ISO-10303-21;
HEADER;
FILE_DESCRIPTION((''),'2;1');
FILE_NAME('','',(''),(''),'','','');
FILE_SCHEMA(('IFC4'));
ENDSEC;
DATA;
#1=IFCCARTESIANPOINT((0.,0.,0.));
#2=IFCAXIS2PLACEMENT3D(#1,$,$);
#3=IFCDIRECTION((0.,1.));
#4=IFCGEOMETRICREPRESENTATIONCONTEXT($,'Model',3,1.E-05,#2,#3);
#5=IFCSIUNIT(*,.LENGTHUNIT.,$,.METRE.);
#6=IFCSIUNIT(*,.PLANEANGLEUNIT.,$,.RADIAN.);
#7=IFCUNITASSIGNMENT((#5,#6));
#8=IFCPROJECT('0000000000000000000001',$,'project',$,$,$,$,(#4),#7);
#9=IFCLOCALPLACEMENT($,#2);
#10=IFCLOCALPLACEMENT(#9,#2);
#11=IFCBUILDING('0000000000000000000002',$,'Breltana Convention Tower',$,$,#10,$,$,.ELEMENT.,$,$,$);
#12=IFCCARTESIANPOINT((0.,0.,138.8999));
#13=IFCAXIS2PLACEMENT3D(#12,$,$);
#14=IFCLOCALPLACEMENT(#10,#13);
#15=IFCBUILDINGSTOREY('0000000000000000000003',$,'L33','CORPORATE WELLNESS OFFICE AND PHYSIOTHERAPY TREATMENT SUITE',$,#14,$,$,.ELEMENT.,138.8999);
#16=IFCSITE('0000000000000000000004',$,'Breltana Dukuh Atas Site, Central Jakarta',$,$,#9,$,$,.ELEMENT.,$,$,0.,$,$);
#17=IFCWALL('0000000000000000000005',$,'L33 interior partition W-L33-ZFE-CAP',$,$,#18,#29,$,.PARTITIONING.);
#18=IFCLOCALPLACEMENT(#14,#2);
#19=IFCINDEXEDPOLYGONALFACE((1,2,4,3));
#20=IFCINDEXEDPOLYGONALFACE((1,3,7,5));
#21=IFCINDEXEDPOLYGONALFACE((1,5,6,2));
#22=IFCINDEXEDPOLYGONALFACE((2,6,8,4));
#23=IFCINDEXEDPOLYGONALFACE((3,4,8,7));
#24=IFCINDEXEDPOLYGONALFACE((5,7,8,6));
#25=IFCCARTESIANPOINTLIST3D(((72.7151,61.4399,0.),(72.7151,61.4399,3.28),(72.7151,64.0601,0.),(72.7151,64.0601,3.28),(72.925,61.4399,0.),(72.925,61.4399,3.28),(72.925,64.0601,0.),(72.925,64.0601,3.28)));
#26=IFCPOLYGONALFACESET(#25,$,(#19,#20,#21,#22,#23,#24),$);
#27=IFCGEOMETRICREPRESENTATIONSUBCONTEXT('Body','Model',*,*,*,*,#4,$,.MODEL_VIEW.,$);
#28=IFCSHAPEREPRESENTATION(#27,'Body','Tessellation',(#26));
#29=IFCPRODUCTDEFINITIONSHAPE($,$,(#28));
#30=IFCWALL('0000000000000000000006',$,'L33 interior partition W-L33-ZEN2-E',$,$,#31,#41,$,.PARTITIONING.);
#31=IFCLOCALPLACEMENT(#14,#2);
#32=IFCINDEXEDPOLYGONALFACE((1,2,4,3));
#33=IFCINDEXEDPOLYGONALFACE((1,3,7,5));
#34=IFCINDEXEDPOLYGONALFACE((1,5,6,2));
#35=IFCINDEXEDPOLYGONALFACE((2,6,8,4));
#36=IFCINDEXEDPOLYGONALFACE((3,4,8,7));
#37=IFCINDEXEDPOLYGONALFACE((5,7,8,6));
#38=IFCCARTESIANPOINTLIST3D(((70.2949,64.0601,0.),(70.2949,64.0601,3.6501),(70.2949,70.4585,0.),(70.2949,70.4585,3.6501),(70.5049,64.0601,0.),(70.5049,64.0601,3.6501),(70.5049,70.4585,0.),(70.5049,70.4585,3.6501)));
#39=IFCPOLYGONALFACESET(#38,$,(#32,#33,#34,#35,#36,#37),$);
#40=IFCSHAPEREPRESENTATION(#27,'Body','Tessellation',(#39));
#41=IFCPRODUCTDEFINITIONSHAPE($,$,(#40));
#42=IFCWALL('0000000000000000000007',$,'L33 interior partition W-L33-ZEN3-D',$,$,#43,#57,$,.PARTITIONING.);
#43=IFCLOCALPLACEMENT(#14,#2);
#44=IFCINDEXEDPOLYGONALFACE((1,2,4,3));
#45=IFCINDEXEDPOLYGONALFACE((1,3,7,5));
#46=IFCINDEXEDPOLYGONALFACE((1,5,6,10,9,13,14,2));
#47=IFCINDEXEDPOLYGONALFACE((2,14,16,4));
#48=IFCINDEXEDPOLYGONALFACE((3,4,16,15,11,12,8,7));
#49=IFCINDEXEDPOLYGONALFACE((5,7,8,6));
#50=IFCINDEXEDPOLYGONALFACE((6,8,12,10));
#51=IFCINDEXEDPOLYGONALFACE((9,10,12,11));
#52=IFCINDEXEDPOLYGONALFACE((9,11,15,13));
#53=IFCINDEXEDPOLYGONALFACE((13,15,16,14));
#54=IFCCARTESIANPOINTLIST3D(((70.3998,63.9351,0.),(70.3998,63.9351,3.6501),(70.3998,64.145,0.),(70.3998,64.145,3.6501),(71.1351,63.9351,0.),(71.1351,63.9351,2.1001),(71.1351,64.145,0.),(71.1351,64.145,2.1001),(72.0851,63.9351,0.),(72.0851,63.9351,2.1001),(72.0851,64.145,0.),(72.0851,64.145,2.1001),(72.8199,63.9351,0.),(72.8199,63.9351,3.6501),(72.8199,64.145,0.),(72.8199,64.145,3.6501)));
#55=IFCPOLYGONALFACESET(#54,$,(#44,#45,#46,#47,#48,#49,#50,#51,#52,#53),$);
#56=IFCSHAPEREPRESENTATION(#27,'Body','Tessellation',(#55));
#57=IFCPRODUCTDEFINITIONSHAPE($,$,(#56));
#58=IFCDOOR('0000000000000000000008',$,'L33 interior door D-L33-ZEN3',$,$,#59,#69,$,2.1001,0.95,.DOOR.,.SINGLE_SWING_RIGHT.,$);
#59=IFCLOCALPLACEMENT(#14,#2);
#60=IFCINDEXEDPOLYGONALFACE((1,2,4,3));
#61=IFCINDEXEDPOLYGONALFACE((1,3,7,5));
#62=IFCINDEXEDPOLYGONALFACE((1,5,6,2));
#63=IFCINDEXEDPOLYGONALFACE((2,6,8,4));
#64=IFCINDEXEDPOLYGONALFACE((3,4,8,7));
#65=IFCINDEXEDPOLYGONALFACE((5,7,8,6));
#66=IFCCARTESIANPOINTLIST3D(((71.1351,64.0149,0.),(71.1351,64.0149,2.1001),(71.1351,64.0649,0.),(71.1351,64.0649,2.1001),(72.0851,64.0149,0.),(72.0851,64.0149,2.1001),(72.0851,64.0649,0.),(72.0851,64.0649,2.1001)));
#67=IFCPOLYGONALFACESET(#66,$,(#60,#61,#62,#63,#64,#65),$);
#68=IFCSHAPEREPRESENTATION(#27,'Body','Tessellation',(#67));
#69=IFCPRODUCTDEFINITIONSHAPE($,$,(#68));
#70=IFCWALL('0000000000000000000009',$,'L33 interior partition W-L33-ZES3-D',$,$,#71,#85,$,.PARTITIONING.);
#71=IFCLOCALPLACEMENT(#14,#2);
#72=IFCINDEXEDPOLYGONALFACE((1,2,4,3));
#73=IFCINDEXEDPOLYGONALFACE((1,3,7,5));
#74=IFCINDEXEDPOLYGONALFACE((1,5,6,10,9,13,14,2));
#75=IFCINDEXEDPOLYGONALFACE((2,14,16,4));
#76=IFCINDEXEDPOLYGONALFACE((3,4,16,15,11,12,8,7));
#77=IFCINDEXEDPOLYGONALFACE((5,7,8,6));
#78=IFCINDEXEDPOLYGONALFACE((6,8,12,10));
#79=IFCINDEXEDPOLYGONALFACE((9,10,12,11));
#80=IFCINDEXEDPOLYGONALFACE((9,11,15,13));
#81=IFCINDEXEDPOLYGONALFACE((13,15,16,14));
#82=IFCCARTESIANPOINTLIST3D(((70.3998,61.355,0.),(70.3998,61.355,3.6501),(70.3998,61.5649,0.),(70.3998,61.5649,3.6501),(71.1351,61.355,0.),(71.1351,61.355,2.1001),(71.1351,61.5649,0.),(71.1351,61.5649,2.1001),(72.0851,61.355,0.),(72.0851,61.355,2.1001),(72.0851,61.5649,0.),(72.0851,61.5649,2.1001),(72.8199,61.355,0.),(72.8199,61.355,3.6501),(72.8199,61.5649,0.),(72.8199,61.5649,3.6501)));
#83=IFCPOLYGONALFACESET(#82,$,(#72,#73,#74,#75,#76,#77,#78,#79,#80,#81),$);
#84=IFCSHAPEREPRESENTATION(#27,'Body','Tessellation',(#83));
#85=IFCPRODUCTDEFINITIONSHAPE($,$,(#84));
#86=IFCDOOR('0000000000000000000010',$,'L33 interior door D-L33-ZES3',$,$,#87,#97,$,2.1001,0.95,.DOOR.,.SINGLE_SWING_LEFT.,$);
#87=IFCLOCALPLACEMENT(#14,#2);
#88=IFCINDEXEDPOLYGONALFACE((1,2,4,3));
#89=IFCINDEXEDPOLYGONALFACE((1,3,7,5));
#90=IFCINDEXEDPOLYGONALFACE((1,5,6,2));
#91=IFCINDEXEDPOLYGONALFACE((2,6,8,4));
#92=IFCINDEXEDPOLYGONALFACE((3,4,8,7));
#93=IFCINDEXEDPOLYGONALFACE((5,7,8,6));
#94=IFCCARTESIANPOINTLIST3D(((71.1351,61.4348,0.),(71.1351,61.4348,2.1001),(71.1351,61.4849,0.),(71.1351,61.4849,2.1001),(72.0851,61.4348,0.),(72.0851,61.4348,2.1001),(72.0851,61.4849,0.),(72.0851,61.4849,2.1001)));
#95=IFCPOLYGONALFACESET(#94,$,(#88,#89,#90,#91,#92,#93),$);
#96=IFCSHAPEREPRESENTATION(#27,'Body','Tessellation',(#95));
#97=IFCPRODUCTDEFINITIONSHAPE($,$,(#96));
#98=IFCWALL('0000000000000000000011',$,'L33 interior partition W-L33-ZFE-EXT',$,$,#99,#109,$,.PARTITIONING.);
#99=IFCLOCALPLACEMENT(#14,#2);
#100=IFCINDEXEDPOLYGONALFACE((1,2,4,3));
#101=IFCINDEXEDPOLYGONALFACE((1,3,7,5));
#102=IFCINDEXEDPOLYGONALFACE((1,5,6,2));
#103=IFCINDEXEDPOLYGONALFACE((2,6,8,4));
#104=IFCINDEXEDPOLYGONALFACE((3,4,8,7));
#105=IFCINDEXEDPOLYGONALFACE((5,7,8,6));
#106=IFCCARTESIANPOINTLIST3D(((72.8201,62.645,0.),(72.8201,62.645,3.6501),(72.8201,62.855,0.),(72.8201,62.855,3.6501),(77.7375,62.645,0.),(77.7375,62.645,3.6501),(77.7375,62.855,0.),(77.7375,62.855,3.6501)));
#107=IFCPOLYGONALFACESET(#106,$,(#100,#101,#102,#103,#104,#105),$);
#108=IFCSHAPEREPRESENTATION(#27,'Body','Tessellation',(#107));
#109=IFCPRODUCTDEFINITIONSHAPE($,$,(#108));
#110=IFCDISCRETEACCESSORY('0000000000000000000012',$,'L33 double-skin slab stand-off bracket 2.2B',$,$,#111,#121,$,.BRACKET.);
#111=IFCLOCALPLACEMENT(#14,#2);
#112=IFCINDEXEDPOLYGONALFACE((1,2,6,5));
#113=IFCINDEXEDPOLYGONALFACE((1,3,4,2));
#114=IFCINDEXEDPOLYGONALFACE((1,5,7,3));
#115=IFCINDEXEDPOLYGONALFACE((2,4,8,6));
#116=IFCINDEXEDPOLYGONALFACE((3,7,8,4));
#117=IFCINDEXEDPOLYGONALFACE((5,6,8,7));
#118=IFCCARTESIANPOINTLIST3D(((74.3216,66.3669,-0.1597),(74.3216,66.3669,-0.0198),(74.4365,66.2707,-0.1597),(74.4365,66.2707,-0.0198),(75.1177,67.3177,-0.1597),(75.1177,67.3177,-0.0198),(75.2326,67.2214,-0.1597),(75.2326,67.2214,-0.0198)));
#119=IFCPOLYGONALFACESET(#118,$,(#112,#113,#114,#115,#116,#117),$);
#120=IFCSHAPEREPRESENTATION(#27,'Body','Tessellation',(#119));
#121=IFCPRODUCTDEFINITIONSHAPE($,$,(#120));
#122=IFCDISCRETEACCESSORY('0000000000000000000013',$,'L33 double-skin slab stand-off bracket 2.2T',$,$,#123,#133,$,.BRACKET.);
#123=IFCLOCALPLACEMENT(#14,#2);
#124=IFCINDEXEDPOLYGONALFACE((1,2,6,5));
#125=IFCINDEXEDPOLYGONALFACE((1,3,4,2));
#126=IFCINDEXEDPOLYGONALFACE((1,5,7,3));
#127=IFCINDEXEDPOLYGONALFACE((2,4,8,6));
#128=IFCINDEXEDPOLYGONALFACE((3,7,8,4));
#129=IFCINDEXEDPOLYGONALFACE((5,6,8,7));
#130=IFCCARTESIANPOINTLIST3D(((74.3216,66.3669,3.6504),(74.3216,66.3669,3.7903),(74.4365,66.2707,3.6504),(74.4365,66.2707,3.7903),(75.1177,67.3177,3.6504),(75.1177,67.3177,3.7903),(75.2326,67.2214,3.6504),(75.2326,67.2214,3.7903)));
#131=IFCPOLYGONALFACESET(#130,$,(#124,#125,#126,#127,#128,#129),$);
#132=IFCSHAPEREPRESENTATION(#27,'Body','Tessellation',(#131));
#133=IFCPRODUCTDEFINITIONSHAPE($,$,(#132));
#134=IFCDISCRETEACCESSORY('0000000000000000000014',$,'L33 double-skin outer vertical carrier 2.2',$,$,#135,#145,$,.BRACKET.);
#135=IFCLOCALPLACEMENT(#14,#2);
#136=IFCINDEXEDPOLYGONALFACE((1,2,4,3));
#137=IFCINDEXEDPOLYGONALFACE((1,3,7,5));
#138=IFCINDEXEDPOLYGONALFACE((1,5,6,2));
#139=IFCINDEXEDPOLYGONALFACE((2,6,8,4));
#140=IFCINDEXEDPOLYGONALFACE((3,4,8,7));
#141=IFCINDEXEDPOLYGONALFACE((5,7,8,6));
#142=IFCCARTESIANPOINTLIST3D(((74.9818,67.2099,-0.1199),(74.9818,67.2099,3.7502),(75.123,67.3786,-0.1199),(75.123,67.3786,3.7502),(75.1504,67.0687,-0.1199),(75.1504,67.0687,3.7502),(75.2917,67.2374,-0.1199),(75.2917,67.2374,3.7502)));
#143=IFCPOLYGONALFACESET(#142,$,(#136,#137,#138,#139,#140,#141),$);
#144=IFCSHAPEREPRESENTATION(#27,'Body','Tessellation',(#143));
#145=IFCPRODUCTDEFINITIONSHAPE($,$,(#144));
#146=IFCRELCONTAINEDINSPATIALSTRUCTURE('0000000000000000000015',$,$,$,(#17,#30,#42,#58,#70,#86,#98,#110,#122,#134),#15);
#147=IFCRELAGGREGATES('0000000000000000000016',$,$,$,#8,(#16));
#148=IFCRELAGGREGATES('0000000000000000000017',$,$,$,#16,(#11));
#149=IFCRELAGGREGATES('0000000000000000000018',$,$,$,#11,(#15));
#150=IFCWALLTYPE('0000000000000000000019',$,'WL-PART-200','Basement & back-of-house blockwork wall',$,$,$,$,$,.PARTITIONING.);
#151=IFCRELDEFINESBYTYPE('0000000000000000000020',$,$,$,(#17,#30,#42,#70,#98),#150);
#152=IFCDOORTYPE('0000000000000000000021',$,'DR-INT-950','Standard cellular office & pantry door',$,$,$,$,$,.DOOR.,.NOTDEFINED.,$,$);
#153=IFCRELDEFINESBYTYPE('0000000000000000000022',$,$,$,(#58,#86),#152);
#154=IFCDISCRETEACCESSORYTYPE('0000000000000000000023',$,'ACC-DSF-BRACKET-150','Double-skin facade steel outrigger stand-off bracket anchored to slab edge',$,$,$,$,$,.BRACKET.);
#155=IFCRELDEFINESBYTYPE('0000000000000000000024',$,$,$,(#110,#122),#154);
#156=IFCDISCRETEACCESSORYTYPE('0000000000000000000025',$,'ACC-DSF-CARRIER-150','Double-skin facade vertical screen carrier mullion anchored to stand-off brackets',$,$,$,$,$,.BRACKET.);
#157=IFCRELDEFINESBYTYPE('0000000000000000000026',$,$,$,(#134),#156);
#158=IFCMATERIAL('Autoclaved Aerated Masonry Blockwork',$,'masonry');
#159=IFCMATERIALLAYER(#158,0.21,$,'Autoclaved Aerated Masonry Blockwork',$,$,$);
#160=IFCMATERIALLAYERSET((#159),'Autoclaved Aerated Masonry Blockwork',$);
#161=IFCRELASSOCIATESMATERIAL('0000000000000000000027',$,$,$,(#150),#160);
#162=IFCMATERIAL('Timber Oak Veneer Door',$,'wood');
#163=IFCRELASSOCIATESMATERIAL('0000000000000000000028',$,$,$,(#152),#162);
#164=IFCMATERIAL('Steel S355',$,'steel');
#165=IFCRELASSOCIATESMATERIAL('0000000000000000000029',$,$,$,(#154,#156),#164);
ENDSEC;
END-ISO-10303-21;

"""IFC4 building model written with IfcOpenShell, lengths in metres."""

from ifc_helpers import new_model, si_unit, direction, frame, frame_2d, origin, origin_2d, place, context, subcontext, project, spatial, rectangle, extrude, source, transform, mapped, material, layer, layer_set, type_object, type_shapes, element, fill, save


model = new_model("IFC4")

# Units and contexts
model_context = context("Model", 3, precision=1e-05, world=origin(), true_north=direction((0.0, 1.0)))
body_context = subcontext(model_context, "Body", "Model", "MODEL_VIEW")
ifc_project = project(units=[si_unit("LENGTHUNIT", "METRE"), si_unit("PLANEANGLEUNIT", "RADIAN")], contexts=[model_context])

# Site, building, storey
site_placement = place(None, origin())
site = spatial("IfcSite", under=ifc_project, at=site_placement, Name="Breltana Dukuh Atas Site, Central Jakarta", CompositionType="ELEMENT", RefElevation=0.0)
building_placement = place(site_placement, origin())
building = spatial("IfcBuilding", under=site, at=building_placement, Name="Breltana Convention Tower", CompositionType="ELEMENT")
storey_placement = place(building_placement, frame((0.0, 0.0, 138.8999)))
storey = spatial("IfcBuildingStorey", under=building, at=storey_placement, Name="L33", Description="CORPORATE WELLNESS OFFICE AND PHYSIOTHERAPY TREATMENT SUITE", CompositionType="ELEMENT", Elevation=138.8999)

# Walls
ifc_material_1 = material(Name="Autoclaved Aerated Masonry Blockwork", Category="masonry")
ifc_layer_1 = layer(ifc_material_1, 0.21, Name="Autoclaved Aerated Masonry Blockwork")
ifc_layer_set_1 = layer_set([ifc_layer_1], Name="Autoclaved Aerated Masonry Blockwork")
wall_type_1 = type_object("IfcWallType", Name="WL-PART-200", Description="Basement & back-of-house blockwork wall", PredefinedType="PARTITIONING", material=ifc_layer_set_1)
shared_shape_1 = source(origin(), body_context, "Body", "SweptSolid", [
    extrude(rectangle(XDim=2.6201, YDim=0.21, at=frame_2d((1.3101, 0.0))), origin(), (0.0, 0.0, 1.0), 3.28),
])
wall_1_placement = place(storey_placement, frame((72.8201, 61.4399, 0.0), z_axis=(0.0, 0.0, 1.0), x_axis=(0.0, 1.0, 0.0)))
element("IfcWall", 1, at=wall_1_placement, inside=storey, type_object=wall_type_1, Name="L33 interior partition W-L33-ZFE-CAP", PredefinedType="PARTITIONING", context=body_context, shape_type="MappedRepresentation", body=[
    mapped(shared_shape_1, transform((0.0, 0.0, 0.0), scale=1.0)),
])
shared_shape_2 = source(origin(), body_context, "Body", "SweptSolid", [
    extrude(rectangle(XDim=6.3984, YDim=0.21, at=frame_2d((3.1992, 0.0))), origin(), (0.0, 0.0, 1.0), 3.6501),
])
wall_2_placement = place(storey_placement, frame((70.3999, 64.0601, 0.0), z_axis=(0.0, 0.0, 1.0), x_axis=(0.0, 1.0, 0.0)))
element("IfcWall", 2, at=wall_2_placement, inside=storey, type_object=wall_type_1, Name="L33 interior partition W-L33-ZEN2-E", PredefinedType="PARTITIONING", context=body_context, shape_type="MappedRepresentation", body=[
    mapped(shared_shape_2, transform((0.0, 0.0, 0.0), scale=1.0)),
])

# Walls, openings, doors
shared_shape_3 = source(origin(), body_context, "Body", "SweptSolid", [
    extrude(rectangle(XDim=2.4202, YDim=0.21, at=frame_2d((1.21, 0.0))), origin(), (0.0, 0.0, 1.0), 3.6501),
])
wall_3_placement = place(storey_placement, frame((70.3999, 64.04, 0.0), z_axis=(0.0, 0.0, 1.0), x_axis=(1.0, 0.0, 0.0)))
wall_3 = element("IfcWall", 3, at=wall_3_placement, inside=storey, type_object=wall_type_1, Name="L33 interior partition W-L33-ZEN3-D", PredefinedType="PARTITIONING", context=body_context, shape_type="MappedRepresentation", body=[
    mapped(shared_shape_3, transform((0.0, 0.0, 0.0), scale=1.0)),
])
opening_1_placement = place(wall_3_placement, frame((0.7351, 0.0, 0.0)))
opening_1 = element("IfcOpeningElement", 4, at=opening_1_placement, cuts=wall_3, PredefinedType="OPENING", context=body_context, shape_type="SweptSolid", body=[
    extrude(rectangle(XDim=0.95, YDim=2.1001, at=frame_2d((0.4751, 1.05))), frame((0.0, 0.115, 0.0), z_axis=(0.0, -1.0, 0.0), x_axis=(1.0, 0.0, 0.0)), (0.0, 0.0, 1.0), 0.23),
])
ifc_material_2 = material(Name="Timber Oak Veneer Door", Category="wood")
door_type = type_object("IfcDoorType", Name="DR-INT-950", Description="Standard cellular office & pantry door", OperationType="NOTDEFINED", PredefinedType="DOOR", material=ifc_material_2)
shared_shape_4 = source(origin(), body_context, "Body", "SweptSolid", [
    extrude(rectangle(XDim=0.95, YDim=2.1001, at=frame_2d((0.4751, 1.05))), frame((0.0, 0.0249, 0.0), z_axis=(0.0, -1.0, 0.0), x_axis=(1.0, 0.0, 0.0)), (0.0, 0.0, 1.0), 0.05),
])
type_shapes(door_type, [shared_shape_4])
door_1_placement = place(opening_1_placement, origin())
door_1 = element("IfcDoor", 5, at=door_1_placement, inside=storey, type_object=door_type, Name="L33 interior door D-L33-ZEN3", OperationType="SINGLE_SWING_RIGHT", OverallHeight=2.1001, OverallWidth=0.95, PredefinedType="DOOR", context=body_context, shape_type="MappedRepresentation", body=[
    mapped(shared_shape_4, transform((0.0, 0.0, 0.0), scale=1.0)),
])
fill(opening_1, door_1)
wall_4_placement = place(storey_placement, frame((70.3999, 61.46, 0.0), z_axis=(0.0, 0.0, 1.0), x_axis=(1.0, 0.0, 0.0)))
wall_4 = element("IfcWall", 6, at=wall_4_placement, inside=storey, type_object=wall_type_1, Name="L33 interior partition W-L33-ZES3-D", PredefinedType="PARTITIONING", context=body_context, shape_type="MappedRepresentation", body=[
    mapped(shared_shape_3, transform((0.0, 0.0, 0.0), scale=1.0)),
])
opening_2_placement = place(wall_4_placement, frame((0.7351, 0.0, 0.0)))
opening_2 = element("IfcOpeningElement", 7, at=opening_2_placement, cuts=wall_4, PredefinedType="OPENING", context=body_context, shape_type="SweptSolid", body=[
    extrude(rectangle(XDim=0.95, YDim=2.1001, at=frame_2d((0.4751, 1.05))), frame((0.0, 0.115, 0.0), z_axis=(0.0, -1.0, 0.0), x_axis=(1.0, 0.0, 0.0)), (0.0, 0.0, 1.0), 0.23),
])
door_2_placement = place(opening_2_placement, origin())
door_2 = element("IfcDoor", 8, at=door_2_placement, inside=storey, type_object=door_type, Name="L33 interior door D-L33-ZES3", OperationType="SINGLE_SWING_LEFT", OverallHeight=2.1001, OverallWidth=0.95, PredefinedType="DOOR", context=body_context, shape_type="MappedRepresentation", body=[
    mapped(shared_shape_4, transform((0.0, 0.0, 0.0), scale=1.0)),
])
fill(opening_2, door_2)

# Wall
shared_shape_5 = source(origin(), body_context, "Body", "SweptSolid", [
    extrude(rectangle(XDim=4.9175, YDim=0.21, at=frame_2d((2.4587, 0.0))), origin(), (0.0, 0.0, 1.0), 3.6501),
])
wall_5_placement = place(storey_placement, frame((72.8201, 62.75, 0.0), z_axis=(0.0, 0.0, 1.0), x_axis=(1.0, 0.0, 0.0)))
element("IfcWall", 9, at=wall_5_placement, inside=storey, type_object=wall_type_1, Name="L33 interior partition W-L33-ZFE-EXT", PredefinedType="PARTITIONING", context=body_context, shape_type="MappedRepresentation", body=[
    mapped(shared_shape_5, transform((0.0, 0.0, 0.0), scale=1.0)),
])

# Discrete accessories
ifc_material_3 = material(Name="Steel S355", Category="steel")
discrete_accessory_type_1 = type_object("IfcDiscreteAccessoryType", Name="ACC-DSF-BRACKET-150", Description="Double-skin facade steel outrigger stand-off bracket anchored to slab edge", PredefinedType="BRACKET", material=ifc_material_3)
shared_shape_6 = source(origin(), body_context, "Body", "SweptSolid", [
    extrude(rectangle(XDim=1.24, YDim=0.1499, at=origin_2d()), origin(), (0.0, 0.0, 1.0), 0.1399),
])
type_shapes(discrete_accessory_type_1, [shared_shape_6])
for number, where, z_axis, x_axis, name in (
    (10, (74.7771, 66.7942, -0.1597), (0.0, 0.0, 1.0), (0.641987, 0.766715, 0.0), "L33 double-skin slab stand-off bracket 2.2B"),
    (11, (74.7771, 66.7942, 3.6504), (0.0, 0.0, 1.0), (0.641987, 0.766715, 0.0), "L33 double-skin slab stand-off bracket 2.2T"),
):
    element("IfcDiscreteAccessory", number, at=place(storey_placement, frame(where, z_axis=z_axis, x_axis=x_axis)), inside=storey, type_object=discrete_accessory_type_1, Name=name, PredefinedType="BRACKET", context=body_context, shape_type="MappedRepresentation", body=[
        mapped(shared_shape_6, transform((0.0, 0.0, 0.0), scale=1.0)),
    ])
discrete_accessory_type_2 = type_object("IfcDiscreteAccessoryType", Name="ACC-DSF-CARRIER-150", Description="Double-skin facade vertical screen carrier mullion anchored to stand-off brackets", PredefinedType="BRACKET", material=ifc_material_3)
shared_shape_7 = source(origin(), body_context, "Body", "SweptSolid", [
    extrude(rectangle(XDim=0.22, YDim=0.22, at=origin_2d()), origin(), (0.0, 0.0, 1.0), 3.8701),
])
discrete_accessory_placement = place(storey_placement, frame((75.1367, 67.2236, -0.1199), z_axis=(0.0, 0.0, 1.0), x_axis=(0.641987, 0.766715, 0.0)))
element("IfcDiscreteAccessory", 12, at=discrete_accessory_placement, inside=storey, type_object=discrete_accessory_type_2, Name="L33 double-skin outer vertical carrier 2.2", PredefinedType="BRACKET", context=body_context, shape_type="MappedRepresentation", body=[
    mapped(shared_shape_7, transform((0.0, 0.0, 0.0), scale=1.0)),
])

save(model, "model.ifc")
